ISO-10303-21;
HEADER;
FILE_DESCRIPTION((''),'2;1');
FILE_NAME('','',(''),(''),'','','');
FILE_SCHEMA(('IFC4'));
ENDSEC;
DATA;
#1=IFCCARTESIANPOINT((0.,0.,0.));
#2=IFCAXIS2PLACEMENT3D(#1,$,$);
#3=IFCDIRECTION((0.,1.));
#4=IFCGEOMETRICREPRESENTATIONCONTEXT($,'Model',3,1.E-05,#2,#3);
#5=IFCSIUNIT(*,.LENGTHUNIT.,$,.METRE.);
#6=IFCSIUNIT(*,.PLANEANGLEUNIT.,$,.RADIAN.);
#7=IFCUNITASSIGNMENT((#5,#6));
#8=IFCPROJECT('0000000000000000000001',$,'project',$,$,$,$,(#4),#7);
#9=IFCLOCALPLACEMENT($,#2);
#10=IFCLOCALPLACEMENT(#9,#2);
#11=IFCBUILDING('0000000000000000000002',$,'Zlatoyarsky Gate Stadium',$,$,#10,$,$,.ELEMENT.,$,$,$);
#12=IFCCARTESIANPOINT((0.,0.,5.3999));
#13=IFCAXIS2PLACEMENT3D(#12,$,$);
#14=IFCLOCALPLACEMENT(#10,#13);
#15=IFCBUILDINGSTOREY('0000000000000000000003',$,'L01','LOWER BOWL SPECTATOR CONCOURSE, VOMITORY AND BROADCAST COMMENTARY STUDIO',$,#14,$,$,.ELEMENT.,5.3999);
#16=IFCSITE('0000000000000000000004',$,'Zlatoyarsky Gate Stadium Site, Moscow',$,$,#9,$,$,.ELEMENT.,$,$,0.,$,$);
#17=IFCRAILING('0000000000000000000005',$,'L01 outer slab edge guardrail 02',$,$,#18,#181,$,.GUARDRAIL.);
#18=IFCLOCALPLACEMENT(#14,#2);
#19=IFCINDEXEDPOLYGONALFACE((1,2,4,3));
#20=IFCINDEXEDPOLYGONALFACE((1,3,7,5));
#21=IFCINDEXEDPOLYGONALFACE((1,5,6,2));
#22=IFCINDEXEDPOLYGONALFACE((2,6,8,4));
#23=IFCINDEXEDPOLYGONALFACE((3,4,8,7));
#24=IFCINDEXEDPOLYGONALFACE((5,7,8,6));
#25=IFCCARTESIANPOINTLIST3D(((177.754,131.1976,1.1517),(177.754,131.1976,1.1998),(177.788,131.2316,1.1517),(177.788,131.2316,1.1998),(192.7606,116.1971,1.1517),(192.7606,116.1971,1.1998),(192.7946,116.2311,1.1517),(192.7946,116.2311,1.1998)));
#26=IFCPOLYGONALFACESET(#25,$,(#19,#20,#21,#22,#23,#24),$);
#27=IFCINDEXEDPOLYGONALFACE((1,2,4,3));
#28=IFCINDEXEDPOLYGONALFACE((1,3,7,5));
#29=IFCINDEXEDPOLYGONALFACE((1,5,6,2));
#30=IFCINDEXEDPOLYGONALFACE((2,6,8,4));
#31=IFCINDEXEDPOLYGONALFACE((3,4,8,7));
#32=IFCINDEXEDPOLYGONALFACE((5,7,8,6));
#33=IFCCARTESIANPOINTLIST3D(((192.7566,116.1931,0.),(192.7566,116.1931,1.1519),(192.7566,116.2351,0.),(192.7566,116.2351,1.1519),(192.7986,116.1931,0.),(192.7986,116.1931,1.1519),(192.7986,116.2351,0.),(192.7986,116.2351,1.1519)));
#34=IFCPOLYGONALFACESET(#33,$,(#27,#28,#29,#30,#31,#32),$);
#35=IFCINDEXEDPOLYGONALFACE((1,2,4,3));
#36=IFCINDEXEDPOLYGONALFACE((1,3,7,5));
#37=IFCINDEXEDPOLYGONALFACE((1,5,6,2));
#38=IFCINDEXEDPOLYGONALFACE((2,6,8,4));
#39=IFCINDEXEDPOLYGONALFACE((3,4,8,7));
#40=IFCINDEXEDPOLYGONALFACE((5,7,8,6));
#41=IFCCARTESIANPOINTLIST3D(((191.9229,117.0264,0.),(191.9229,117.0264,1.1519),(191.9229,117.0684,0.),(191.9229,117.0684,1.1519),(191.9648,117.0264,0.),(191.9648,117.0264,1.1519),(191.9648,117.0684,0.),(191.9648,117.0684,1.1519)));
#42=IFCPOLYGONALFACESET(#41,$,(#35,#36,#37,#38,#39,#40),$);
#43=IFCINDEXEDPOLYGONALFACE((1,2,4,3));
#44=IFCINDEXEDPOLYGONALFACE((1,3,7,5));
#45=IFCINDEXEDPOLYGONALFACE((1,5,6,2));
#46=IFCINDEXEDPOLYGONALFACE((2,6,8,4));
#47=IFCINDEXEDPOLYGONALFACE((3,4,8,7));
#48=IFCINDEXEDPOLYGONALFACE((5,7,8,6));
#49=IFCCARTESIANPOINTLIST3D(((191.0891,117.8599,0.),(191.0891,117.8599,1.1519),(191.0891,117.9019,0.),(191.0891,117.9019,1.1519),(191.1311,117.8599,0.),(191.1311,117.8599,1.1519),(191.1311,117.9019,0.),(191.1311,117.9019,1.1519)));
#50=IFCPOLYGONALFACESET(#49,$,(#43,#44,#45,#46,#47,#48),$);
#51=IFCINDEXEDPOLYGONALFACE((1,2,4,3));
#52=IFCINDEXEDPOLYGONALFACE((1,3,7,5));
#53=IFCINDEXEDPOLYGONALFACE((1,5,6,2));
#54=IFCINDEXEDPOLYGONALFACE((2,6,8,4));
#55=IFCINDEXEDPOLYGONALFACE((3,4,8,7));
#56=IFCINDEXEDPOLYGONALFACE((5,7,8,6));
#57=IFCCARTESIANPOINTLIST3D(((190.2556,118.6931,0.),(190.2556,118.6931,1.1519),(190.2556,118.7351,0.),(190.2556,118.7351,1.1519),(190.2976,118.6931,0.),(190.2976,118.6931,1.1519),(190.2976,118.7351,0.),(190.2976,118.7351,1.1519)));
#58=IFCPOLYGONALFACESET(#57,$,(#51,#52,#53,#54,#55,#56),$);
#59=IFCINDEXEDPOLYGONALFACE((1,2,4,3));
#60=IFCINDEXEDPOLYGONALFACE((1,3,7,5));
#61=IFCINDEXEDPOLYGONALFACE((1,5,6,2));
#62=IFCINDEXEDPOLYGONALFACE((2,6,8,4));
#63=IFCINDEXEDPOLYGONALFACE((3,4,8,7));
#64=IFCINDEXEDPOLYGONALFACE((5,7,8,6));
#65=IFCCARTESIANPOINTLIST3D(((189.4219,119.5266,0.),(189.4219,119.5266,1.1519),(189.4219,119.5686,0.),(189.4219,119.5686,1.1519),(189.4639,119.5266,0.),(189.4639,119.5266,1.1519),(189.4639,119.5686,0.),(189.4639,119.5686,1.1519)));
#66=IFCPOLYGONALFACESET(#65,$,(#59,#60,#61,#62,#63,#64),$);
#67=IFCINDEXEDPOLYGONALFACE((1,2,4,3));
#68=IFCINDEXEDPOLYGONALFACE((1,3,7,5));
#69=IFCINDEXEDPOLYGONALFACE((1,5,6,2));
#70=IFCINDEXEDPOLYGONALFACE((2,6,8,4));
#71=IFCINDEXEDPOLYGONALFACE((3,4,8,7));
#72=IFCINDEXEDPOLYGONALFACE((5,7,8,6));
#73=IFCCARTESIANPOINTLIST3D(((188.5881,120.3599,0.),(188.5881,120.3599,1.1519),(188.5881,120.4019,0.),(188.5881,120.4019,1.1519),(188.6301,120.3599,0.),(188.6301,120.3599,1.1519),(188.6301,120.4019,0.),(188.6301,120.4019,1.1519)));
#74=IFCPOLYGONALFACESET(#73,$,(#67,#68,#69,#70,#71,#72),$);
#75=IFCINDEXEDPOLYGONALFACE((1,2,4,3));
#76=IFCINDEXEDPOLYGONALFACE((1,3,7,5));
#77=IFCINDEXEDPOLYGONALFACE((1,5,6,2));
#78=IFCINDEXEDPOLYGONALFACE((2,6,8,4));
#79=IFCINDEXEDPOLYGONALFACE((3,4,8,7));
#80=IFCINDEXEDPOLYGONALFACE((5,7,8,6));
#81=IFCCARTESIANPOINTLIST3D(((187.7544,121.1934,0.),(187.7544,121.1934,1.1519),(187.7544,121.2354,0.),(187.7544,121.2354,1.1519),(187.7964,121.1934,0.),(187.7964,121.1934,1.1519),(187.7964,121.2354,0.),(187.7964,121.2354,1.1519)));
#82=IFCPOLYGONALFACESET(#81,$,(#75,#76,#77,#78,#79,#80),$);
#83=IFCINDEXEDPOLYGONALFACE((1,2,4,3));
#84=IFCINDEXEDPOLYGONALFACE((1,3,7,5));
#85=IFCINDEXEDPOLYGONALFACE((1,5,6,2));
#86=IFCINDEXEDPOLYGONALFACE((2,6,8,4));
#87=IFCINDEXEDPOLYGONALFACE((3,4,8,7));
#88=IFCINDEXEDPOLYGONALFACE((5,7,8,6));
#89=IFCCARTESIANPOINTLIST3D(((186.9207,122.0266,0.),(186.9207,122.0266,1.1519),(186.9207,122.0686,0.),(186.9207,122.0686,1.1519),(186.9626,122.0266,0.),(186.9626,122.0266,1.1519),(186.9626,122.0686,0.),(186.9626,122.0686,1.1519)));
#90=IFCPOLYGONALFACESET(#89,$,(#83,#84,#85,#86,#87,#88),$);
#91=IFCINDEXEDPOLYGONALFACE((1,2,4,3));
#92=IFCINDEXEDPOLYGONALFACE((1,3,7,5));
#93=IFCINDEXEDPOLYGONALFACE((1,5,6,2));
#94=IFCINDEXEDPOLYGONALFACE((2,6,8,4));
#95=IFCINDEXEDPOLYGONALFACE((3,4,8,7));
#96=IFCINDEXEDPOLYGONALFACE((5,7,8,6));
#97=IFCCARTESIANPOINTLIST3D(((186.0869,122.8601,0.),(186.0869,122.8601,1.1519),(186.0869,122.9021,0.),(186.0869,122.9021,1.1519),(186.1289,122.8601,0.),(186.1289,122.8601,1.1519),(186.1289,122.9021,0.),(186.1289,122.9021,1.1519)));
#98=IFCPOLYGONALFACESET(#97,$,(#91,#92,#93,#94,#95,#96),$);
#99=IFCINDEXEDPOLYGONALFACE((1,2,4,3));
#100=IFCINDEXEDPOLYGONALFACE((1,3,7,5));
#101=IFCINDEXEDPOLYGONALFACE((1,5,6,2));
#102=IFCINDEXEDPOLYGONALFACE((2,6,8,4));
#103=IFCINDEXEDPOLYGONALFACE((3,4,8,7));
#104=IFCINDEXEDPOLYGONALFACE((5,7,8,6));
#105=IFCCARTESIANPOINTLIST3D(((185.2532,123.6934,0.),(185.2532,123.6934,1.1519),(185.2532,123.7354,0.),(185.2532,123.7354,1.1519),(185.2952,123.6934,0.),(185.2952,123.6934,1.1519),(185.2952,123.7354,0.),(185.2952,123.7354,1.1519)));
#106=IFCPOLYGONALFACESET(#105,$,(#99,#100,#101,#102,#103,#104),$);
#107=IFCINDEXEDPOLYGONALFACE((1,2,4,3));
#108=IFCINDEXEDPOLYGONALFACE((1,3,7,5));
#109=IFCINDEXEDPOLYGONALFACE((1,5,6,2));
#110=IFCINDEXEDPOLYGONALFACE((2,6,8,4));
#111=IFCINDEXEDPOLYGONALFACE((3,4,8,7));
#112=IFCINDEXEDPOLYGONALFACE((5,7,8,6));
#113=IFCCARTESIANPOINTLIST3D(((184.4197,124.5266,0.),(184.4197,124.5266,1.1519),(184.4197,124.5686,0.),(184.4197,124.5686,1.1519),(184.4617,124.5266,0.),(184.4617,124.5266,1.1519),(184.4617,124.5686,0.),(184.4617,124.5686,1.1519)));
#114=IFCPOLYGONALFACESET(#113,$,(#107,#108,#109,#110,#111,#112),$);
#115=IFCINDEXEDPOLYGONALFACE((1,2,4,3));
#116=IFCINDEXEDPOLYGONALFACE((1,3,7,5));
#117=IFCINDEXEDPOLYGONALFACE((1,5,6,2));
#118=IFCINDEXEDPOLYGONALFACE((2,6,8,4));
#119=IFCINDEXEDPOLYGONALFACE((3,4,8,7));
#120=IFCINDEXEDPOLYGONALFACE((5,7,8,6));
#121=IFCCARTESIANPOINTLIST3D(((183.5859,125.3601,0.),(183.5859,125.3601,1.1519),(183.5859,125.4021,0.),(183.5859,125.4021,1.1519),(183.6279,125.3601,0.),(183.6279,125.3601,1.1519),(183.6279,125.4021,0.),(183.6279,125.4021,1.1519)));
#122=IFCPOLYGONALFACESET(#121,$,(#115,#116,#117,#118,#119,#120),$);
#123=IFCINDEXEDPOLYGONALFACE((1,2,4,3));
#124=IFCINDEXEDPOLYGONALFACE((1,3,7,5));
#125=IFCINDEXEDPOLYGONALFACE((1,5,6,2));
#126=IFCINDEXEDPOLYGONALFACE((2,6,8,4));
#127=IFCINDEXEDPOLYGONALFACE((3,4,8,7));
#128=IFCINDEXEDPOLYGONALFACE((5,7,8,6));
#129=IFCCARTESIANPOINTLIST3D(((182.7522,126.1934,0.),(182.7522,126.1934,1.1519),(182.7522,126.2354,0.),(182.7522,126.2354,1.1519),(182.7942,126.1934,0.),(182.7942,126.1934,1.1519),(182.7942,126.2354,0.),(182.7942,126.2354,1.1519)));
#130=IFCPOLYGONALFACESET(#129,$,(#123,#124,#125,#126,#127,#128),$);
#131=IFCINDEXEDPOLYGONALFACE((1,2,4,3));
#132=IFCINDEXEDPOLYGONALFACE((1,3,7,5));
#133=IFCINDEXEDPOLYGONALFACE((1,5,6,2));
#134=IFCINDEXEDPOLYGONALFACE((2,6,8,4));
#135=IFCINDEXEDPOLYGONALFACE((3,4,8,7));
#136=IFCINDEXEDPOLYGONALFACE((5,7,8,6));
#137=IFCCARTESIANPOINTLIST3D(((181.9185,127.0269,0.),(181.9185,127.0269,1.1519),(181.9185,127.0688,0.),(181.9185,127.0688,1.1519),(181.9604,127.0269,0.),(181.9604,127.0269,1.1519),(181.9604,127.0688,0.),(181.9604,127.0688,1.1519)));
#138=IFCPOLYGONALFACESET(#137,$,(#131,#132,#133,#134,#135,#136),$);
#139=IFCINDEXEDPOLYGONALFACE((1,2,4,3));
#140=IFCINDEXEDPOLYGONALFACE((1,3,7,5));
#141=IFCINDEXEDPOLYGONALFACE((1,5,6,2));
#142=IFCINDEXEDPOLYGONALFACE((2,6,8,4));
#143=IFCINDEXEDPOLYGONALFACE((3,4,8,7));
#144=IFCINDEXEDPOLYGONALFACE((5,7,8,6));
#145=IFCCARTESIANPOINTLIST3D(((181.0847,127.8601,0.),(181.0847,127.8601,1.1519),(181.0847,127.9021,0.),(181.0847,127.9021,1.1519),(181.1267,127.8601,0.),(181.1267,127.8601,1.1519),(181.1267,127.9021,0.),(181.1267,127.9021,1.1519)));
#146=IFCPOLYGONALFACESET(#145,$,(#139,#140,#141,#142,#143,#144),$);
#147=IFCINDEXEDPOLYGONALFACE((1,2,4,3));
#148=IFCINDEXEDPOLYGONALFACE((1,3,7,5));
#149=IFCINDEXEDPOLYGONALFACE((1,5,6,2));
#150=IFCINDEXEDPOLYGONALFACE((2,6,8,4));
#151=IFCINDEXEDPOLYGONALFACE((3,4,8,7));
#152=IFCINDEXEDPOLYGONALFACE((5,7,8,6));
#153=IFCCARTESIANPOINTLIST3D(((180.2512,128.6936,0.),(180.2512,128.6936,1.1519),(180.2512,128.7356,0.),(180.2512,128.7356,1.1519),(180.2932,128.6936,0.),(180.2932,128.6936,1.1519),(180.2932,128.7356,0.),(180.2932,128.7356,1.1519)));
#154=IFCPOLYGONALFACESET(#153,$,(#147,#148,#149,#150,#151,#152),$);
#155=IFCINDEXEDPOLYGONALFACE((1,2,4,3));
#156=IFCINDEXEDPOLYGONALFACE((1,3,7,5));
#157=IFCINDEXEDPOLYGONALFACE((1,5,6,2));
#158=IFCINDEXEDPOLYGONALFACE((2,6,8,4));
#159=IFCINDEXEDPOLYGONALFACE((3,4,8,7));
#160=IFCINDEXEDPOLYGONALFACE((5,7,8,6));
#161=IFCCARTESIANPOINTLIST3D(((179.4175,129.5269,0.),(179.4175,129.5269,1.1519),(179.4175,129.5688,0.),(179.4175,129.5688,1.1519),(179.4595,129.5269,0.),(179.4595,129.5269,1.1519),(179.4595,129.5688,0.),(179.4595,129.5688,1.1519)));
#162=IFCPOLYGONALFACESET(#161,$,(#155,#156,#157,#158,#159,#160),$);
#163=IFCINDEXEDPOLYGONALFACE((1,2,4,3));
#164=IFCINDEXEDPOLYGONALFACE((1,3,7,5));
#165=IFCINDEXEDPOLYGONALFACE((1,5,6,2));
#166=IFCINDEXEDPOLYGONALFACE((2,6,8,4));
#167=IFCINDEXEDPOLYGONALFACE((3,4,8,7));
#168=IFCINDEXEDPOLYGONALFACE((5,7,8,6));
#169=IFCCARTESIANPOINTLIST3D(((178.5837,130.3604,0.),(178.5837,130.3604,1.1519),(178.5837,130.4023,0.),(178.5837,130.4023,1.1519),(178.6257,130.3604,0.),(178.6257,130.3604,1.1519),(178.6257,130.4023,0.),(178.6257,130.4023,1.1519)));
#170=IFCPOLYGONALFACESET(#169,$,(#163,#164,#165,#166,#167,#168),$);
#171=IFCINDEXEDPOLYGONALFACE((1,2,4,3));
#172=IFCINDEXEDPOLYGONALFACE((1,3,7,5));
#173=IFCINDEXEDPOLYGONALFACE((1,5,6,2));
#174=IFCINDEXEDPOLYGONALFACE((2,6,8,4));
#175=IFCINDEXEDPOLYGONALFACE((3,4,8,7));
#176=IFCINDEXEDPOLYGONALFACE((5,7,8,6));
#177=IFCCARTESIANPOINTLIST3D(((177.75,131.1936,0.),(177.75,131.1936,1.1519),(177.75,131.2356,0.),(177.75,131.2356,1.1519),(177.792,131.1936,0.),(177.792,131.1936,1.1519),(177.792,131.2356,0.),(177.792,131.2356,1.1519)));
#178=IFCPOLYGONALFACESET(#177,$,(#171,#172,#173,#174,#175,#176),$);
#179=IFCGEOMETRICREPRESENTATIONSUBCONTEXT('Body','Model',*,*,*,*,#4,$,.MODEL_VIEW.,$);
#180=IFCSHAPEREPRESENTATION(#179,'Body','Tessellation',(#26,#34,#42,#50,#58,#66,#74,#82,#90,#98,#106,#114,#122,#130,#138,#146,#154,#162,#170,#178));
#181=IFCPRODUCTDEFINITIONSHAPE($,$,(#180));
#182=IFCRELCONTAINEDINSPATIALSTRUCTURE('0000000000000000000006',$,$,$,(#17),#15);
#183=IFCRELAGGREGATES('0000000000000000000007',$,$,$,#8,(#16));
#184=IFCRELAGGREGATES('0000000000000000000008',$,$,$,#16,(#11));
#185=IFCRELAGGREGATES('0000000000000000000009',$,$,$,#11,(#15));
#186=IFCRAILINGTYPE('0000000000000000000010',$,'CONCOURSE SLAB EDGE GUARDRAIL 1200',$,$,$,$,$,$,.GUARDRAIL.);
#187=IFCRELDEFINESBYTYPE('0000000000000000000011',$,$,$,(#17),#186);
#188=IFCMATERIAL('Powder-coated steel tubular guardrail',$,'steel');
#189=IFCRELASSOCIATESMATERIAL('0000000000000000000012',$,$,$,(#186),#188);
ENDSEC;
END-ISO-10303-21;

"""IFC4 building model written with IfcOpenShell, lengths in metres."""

from ifc_helpers import new_model, si_unit, direction, frame, origin, origin_2d, place, context, subcontext, project, spatial, rectangle, extrude, material, type_object, element, save


model = new_model("IFC4")

# Units and contexts
model_context = context("Model", 3, precision=1e-05, world=origin(), true_north=direction((0.0, 1.0)))
body_context = subcontext(model_context, "Body", "Model", "MODEL_VIEW")
ifc_project = project(units=[si_unit("LENGTHUNIT", "METRE"), si_unit("PLANEANGLEUNIT", "RADIAN")], contexts=[model_context])

# Site, building, storey
site_placement = place(None, origin())
site = spatial("IfcSite", under=ifc_project, at=site_placement, Name="Zlatoyarsky Gate Stadium Site, Moscow", CompositionType="ELEMENT", RefElevation=0.0)
building_placement = place(site_placement, origin())
building = spatial("IfcBuilding", under=site, at=building_placement, Name="Zlatoyarsky Gate Stadium", CompositionType="ELEMENT")
storey_placement = place(building_placement, frame((0.0, 0.0, 5.3999)))
storey = spatial("IfcBuildingStorey", under=building, at=storey_placement, Name="L01", Description="LOWER BOWL SPECTATOR CONCOURSE, VOMITORY AND BROADCAST COMMENTARY STUDIO", CompositionType="ELEMENT", Elevation=5.3999)

# Railing
ifc_material_1 = material(Name="Powder-coated steel tubular guardrail", Category="steel")
railing_type = type_object("IfcRailingType", Name="CONCOURSE SLAB EDGE GUARDRAIL 1200", PredefinedType="GUARDRAIL", material=ifc_material_1)
railing_placement = place(storey_placement, frame((192.7776, 116.2141, 0.0)))
element("IfcRailing", 1, at=railing_placement, inside=storey, type_object=railing_type, Name="L01 outer slab edge guardrail 02", PredefinedType="GUARDRAIL", context=body_context, shape_type="SweptSolid", body=[
    extrude(rectangle(XDim=0.0481, YDim=0.0481, at=origin_2d()), frame((0.0, 0.0, 1.1758), z_axis=(-0.707251, 0.706963, 0.0), x_axis=(-0.706963, -0.707251, 0.0)), (0.0, 0.0, 1.0), 21.2183),
    extrude(rectangle(XDim=0.042, YDim=0.042, at=origin_2d()), origin(), (0.0, 0.0, 1.0), 1.1519),
    extrude(rectangle(XDim=0.042, YDim=0.042, at=origin_2d()), frame((-0.8337, 0.8333, 0.0)), (0.0, 0.0, 1.0), 1.1519),
    extrude(rectangle(XDim=0.042, YDim=0.042, at=origin_2d()), frame((-1.6675, 1.6667, 0.0)), (0.0, 0.0, 1.0), 1.1519),
    extrude(rectangle(XDim=0.042, YDim=0.042, at=origin_2d()), frame((-2.501, 2.5, 0.0)), (0.0, 0.0, 1.0), 1.1519),
    extrude(rectangle(XDim=0.042, YDim=0.042, at=origin_2d()), frame((-3.3347, 3.3335, 0.0)), (0.0, 0.0, 1.0), 1.1519),
    extrude(rectangle(XDim=0.042, YDim=0.042, at=origin_2d()), frame((-4.1685, 4.1667, 0.0)), (0.0, 0.0, 1.0), 1.1519),
    extrude(rectangle(XDim=0.042, YDim=0.042, at=origin_2d()), frame((-5.0022, 5.0002, 0.0)), (0.0, 0.0, 1.0), 1.1519),
    extrude(rectangle(XDim=0.042, YDim=0.042, at=origin_2d()), frame((-5.8359, 5.8335, 0.0)), (0.0, 0.0, 1.0), 1.1519),
    extrude(rectangle(XDim=0.042, YDim=0.042, at=origin_2d()), frame((-6.6697, 6.667, 0.0)), (0.0, 0.0, 1.0), 1.1519),
    extrude(rectangle(XDim=0.042, YDim=0.042, at=origin_2d()), frame((-7.5034, 7.5002, 0.0)), (0.0, 0.0, 1.0), 1.1519),
    extrude(rectangle(XDim=0.042, YDim=0.042, at=origin_2d()), frame((-8.3369, 8.3335, 0.0)), (0.0, 0.0, 1.0), 1.1519),
    extrude(rectangle(XDim=0.042, YDim=0.042, at=origin_2d()), frame((-9.1707, 9.167, 0.0)), (0.0, 0.0, 1.0), 1.1519),
    extrude(rectangle(XDim=0.042, YDim=0.042, at=origin_2d()), frame((-10.0044, 10.0002, 0.0)), (0.0, 0.0, 1.0), 1.1519),
    extrude(rectangle(XDim=0.042, YDim=0.042, at=origin_2d()), frame((-10.8381, 10.8337, 0.0)), (0.0, 0.0, 1.0), 1.1519),
    extrude(rectangle(XDim=0.042, YDim=0.042, at=origin_2d()), frame((-11.6719, 11.667, 0.0)), (0.0, 0.0, 1.0), 1.1519),
    extrude(rectangle(XDim=0.042, YDim=0.042, at=origin_2d()), frame((-12.5054, 12.5005, 0.0)), (0.0, 0.0, 1.0), 1.1519),
    extrude(rectangle(XDim=0.042, YDim=0.042, at=origin_2d()), frame((-13.3391, 13.3337, 0.0)), (0.0, 0.0, 1.0), 1.1519),
    extrude(rectangle(XDim=0.042, YDim=0.042, at=origin_2d()), frame((-14.1729, 14.1672, 0.0)), (0.0, 0.0, 1.0), 1.1519),
    extrude(rectangle(XDim=0.042, YDim=0.042, at=origin_2d()), frame((-15.0066, 15.0005, 0.0)), (0.0, 0.0, 1.0), 1.1519),
])

save(model, "model.ifc")
